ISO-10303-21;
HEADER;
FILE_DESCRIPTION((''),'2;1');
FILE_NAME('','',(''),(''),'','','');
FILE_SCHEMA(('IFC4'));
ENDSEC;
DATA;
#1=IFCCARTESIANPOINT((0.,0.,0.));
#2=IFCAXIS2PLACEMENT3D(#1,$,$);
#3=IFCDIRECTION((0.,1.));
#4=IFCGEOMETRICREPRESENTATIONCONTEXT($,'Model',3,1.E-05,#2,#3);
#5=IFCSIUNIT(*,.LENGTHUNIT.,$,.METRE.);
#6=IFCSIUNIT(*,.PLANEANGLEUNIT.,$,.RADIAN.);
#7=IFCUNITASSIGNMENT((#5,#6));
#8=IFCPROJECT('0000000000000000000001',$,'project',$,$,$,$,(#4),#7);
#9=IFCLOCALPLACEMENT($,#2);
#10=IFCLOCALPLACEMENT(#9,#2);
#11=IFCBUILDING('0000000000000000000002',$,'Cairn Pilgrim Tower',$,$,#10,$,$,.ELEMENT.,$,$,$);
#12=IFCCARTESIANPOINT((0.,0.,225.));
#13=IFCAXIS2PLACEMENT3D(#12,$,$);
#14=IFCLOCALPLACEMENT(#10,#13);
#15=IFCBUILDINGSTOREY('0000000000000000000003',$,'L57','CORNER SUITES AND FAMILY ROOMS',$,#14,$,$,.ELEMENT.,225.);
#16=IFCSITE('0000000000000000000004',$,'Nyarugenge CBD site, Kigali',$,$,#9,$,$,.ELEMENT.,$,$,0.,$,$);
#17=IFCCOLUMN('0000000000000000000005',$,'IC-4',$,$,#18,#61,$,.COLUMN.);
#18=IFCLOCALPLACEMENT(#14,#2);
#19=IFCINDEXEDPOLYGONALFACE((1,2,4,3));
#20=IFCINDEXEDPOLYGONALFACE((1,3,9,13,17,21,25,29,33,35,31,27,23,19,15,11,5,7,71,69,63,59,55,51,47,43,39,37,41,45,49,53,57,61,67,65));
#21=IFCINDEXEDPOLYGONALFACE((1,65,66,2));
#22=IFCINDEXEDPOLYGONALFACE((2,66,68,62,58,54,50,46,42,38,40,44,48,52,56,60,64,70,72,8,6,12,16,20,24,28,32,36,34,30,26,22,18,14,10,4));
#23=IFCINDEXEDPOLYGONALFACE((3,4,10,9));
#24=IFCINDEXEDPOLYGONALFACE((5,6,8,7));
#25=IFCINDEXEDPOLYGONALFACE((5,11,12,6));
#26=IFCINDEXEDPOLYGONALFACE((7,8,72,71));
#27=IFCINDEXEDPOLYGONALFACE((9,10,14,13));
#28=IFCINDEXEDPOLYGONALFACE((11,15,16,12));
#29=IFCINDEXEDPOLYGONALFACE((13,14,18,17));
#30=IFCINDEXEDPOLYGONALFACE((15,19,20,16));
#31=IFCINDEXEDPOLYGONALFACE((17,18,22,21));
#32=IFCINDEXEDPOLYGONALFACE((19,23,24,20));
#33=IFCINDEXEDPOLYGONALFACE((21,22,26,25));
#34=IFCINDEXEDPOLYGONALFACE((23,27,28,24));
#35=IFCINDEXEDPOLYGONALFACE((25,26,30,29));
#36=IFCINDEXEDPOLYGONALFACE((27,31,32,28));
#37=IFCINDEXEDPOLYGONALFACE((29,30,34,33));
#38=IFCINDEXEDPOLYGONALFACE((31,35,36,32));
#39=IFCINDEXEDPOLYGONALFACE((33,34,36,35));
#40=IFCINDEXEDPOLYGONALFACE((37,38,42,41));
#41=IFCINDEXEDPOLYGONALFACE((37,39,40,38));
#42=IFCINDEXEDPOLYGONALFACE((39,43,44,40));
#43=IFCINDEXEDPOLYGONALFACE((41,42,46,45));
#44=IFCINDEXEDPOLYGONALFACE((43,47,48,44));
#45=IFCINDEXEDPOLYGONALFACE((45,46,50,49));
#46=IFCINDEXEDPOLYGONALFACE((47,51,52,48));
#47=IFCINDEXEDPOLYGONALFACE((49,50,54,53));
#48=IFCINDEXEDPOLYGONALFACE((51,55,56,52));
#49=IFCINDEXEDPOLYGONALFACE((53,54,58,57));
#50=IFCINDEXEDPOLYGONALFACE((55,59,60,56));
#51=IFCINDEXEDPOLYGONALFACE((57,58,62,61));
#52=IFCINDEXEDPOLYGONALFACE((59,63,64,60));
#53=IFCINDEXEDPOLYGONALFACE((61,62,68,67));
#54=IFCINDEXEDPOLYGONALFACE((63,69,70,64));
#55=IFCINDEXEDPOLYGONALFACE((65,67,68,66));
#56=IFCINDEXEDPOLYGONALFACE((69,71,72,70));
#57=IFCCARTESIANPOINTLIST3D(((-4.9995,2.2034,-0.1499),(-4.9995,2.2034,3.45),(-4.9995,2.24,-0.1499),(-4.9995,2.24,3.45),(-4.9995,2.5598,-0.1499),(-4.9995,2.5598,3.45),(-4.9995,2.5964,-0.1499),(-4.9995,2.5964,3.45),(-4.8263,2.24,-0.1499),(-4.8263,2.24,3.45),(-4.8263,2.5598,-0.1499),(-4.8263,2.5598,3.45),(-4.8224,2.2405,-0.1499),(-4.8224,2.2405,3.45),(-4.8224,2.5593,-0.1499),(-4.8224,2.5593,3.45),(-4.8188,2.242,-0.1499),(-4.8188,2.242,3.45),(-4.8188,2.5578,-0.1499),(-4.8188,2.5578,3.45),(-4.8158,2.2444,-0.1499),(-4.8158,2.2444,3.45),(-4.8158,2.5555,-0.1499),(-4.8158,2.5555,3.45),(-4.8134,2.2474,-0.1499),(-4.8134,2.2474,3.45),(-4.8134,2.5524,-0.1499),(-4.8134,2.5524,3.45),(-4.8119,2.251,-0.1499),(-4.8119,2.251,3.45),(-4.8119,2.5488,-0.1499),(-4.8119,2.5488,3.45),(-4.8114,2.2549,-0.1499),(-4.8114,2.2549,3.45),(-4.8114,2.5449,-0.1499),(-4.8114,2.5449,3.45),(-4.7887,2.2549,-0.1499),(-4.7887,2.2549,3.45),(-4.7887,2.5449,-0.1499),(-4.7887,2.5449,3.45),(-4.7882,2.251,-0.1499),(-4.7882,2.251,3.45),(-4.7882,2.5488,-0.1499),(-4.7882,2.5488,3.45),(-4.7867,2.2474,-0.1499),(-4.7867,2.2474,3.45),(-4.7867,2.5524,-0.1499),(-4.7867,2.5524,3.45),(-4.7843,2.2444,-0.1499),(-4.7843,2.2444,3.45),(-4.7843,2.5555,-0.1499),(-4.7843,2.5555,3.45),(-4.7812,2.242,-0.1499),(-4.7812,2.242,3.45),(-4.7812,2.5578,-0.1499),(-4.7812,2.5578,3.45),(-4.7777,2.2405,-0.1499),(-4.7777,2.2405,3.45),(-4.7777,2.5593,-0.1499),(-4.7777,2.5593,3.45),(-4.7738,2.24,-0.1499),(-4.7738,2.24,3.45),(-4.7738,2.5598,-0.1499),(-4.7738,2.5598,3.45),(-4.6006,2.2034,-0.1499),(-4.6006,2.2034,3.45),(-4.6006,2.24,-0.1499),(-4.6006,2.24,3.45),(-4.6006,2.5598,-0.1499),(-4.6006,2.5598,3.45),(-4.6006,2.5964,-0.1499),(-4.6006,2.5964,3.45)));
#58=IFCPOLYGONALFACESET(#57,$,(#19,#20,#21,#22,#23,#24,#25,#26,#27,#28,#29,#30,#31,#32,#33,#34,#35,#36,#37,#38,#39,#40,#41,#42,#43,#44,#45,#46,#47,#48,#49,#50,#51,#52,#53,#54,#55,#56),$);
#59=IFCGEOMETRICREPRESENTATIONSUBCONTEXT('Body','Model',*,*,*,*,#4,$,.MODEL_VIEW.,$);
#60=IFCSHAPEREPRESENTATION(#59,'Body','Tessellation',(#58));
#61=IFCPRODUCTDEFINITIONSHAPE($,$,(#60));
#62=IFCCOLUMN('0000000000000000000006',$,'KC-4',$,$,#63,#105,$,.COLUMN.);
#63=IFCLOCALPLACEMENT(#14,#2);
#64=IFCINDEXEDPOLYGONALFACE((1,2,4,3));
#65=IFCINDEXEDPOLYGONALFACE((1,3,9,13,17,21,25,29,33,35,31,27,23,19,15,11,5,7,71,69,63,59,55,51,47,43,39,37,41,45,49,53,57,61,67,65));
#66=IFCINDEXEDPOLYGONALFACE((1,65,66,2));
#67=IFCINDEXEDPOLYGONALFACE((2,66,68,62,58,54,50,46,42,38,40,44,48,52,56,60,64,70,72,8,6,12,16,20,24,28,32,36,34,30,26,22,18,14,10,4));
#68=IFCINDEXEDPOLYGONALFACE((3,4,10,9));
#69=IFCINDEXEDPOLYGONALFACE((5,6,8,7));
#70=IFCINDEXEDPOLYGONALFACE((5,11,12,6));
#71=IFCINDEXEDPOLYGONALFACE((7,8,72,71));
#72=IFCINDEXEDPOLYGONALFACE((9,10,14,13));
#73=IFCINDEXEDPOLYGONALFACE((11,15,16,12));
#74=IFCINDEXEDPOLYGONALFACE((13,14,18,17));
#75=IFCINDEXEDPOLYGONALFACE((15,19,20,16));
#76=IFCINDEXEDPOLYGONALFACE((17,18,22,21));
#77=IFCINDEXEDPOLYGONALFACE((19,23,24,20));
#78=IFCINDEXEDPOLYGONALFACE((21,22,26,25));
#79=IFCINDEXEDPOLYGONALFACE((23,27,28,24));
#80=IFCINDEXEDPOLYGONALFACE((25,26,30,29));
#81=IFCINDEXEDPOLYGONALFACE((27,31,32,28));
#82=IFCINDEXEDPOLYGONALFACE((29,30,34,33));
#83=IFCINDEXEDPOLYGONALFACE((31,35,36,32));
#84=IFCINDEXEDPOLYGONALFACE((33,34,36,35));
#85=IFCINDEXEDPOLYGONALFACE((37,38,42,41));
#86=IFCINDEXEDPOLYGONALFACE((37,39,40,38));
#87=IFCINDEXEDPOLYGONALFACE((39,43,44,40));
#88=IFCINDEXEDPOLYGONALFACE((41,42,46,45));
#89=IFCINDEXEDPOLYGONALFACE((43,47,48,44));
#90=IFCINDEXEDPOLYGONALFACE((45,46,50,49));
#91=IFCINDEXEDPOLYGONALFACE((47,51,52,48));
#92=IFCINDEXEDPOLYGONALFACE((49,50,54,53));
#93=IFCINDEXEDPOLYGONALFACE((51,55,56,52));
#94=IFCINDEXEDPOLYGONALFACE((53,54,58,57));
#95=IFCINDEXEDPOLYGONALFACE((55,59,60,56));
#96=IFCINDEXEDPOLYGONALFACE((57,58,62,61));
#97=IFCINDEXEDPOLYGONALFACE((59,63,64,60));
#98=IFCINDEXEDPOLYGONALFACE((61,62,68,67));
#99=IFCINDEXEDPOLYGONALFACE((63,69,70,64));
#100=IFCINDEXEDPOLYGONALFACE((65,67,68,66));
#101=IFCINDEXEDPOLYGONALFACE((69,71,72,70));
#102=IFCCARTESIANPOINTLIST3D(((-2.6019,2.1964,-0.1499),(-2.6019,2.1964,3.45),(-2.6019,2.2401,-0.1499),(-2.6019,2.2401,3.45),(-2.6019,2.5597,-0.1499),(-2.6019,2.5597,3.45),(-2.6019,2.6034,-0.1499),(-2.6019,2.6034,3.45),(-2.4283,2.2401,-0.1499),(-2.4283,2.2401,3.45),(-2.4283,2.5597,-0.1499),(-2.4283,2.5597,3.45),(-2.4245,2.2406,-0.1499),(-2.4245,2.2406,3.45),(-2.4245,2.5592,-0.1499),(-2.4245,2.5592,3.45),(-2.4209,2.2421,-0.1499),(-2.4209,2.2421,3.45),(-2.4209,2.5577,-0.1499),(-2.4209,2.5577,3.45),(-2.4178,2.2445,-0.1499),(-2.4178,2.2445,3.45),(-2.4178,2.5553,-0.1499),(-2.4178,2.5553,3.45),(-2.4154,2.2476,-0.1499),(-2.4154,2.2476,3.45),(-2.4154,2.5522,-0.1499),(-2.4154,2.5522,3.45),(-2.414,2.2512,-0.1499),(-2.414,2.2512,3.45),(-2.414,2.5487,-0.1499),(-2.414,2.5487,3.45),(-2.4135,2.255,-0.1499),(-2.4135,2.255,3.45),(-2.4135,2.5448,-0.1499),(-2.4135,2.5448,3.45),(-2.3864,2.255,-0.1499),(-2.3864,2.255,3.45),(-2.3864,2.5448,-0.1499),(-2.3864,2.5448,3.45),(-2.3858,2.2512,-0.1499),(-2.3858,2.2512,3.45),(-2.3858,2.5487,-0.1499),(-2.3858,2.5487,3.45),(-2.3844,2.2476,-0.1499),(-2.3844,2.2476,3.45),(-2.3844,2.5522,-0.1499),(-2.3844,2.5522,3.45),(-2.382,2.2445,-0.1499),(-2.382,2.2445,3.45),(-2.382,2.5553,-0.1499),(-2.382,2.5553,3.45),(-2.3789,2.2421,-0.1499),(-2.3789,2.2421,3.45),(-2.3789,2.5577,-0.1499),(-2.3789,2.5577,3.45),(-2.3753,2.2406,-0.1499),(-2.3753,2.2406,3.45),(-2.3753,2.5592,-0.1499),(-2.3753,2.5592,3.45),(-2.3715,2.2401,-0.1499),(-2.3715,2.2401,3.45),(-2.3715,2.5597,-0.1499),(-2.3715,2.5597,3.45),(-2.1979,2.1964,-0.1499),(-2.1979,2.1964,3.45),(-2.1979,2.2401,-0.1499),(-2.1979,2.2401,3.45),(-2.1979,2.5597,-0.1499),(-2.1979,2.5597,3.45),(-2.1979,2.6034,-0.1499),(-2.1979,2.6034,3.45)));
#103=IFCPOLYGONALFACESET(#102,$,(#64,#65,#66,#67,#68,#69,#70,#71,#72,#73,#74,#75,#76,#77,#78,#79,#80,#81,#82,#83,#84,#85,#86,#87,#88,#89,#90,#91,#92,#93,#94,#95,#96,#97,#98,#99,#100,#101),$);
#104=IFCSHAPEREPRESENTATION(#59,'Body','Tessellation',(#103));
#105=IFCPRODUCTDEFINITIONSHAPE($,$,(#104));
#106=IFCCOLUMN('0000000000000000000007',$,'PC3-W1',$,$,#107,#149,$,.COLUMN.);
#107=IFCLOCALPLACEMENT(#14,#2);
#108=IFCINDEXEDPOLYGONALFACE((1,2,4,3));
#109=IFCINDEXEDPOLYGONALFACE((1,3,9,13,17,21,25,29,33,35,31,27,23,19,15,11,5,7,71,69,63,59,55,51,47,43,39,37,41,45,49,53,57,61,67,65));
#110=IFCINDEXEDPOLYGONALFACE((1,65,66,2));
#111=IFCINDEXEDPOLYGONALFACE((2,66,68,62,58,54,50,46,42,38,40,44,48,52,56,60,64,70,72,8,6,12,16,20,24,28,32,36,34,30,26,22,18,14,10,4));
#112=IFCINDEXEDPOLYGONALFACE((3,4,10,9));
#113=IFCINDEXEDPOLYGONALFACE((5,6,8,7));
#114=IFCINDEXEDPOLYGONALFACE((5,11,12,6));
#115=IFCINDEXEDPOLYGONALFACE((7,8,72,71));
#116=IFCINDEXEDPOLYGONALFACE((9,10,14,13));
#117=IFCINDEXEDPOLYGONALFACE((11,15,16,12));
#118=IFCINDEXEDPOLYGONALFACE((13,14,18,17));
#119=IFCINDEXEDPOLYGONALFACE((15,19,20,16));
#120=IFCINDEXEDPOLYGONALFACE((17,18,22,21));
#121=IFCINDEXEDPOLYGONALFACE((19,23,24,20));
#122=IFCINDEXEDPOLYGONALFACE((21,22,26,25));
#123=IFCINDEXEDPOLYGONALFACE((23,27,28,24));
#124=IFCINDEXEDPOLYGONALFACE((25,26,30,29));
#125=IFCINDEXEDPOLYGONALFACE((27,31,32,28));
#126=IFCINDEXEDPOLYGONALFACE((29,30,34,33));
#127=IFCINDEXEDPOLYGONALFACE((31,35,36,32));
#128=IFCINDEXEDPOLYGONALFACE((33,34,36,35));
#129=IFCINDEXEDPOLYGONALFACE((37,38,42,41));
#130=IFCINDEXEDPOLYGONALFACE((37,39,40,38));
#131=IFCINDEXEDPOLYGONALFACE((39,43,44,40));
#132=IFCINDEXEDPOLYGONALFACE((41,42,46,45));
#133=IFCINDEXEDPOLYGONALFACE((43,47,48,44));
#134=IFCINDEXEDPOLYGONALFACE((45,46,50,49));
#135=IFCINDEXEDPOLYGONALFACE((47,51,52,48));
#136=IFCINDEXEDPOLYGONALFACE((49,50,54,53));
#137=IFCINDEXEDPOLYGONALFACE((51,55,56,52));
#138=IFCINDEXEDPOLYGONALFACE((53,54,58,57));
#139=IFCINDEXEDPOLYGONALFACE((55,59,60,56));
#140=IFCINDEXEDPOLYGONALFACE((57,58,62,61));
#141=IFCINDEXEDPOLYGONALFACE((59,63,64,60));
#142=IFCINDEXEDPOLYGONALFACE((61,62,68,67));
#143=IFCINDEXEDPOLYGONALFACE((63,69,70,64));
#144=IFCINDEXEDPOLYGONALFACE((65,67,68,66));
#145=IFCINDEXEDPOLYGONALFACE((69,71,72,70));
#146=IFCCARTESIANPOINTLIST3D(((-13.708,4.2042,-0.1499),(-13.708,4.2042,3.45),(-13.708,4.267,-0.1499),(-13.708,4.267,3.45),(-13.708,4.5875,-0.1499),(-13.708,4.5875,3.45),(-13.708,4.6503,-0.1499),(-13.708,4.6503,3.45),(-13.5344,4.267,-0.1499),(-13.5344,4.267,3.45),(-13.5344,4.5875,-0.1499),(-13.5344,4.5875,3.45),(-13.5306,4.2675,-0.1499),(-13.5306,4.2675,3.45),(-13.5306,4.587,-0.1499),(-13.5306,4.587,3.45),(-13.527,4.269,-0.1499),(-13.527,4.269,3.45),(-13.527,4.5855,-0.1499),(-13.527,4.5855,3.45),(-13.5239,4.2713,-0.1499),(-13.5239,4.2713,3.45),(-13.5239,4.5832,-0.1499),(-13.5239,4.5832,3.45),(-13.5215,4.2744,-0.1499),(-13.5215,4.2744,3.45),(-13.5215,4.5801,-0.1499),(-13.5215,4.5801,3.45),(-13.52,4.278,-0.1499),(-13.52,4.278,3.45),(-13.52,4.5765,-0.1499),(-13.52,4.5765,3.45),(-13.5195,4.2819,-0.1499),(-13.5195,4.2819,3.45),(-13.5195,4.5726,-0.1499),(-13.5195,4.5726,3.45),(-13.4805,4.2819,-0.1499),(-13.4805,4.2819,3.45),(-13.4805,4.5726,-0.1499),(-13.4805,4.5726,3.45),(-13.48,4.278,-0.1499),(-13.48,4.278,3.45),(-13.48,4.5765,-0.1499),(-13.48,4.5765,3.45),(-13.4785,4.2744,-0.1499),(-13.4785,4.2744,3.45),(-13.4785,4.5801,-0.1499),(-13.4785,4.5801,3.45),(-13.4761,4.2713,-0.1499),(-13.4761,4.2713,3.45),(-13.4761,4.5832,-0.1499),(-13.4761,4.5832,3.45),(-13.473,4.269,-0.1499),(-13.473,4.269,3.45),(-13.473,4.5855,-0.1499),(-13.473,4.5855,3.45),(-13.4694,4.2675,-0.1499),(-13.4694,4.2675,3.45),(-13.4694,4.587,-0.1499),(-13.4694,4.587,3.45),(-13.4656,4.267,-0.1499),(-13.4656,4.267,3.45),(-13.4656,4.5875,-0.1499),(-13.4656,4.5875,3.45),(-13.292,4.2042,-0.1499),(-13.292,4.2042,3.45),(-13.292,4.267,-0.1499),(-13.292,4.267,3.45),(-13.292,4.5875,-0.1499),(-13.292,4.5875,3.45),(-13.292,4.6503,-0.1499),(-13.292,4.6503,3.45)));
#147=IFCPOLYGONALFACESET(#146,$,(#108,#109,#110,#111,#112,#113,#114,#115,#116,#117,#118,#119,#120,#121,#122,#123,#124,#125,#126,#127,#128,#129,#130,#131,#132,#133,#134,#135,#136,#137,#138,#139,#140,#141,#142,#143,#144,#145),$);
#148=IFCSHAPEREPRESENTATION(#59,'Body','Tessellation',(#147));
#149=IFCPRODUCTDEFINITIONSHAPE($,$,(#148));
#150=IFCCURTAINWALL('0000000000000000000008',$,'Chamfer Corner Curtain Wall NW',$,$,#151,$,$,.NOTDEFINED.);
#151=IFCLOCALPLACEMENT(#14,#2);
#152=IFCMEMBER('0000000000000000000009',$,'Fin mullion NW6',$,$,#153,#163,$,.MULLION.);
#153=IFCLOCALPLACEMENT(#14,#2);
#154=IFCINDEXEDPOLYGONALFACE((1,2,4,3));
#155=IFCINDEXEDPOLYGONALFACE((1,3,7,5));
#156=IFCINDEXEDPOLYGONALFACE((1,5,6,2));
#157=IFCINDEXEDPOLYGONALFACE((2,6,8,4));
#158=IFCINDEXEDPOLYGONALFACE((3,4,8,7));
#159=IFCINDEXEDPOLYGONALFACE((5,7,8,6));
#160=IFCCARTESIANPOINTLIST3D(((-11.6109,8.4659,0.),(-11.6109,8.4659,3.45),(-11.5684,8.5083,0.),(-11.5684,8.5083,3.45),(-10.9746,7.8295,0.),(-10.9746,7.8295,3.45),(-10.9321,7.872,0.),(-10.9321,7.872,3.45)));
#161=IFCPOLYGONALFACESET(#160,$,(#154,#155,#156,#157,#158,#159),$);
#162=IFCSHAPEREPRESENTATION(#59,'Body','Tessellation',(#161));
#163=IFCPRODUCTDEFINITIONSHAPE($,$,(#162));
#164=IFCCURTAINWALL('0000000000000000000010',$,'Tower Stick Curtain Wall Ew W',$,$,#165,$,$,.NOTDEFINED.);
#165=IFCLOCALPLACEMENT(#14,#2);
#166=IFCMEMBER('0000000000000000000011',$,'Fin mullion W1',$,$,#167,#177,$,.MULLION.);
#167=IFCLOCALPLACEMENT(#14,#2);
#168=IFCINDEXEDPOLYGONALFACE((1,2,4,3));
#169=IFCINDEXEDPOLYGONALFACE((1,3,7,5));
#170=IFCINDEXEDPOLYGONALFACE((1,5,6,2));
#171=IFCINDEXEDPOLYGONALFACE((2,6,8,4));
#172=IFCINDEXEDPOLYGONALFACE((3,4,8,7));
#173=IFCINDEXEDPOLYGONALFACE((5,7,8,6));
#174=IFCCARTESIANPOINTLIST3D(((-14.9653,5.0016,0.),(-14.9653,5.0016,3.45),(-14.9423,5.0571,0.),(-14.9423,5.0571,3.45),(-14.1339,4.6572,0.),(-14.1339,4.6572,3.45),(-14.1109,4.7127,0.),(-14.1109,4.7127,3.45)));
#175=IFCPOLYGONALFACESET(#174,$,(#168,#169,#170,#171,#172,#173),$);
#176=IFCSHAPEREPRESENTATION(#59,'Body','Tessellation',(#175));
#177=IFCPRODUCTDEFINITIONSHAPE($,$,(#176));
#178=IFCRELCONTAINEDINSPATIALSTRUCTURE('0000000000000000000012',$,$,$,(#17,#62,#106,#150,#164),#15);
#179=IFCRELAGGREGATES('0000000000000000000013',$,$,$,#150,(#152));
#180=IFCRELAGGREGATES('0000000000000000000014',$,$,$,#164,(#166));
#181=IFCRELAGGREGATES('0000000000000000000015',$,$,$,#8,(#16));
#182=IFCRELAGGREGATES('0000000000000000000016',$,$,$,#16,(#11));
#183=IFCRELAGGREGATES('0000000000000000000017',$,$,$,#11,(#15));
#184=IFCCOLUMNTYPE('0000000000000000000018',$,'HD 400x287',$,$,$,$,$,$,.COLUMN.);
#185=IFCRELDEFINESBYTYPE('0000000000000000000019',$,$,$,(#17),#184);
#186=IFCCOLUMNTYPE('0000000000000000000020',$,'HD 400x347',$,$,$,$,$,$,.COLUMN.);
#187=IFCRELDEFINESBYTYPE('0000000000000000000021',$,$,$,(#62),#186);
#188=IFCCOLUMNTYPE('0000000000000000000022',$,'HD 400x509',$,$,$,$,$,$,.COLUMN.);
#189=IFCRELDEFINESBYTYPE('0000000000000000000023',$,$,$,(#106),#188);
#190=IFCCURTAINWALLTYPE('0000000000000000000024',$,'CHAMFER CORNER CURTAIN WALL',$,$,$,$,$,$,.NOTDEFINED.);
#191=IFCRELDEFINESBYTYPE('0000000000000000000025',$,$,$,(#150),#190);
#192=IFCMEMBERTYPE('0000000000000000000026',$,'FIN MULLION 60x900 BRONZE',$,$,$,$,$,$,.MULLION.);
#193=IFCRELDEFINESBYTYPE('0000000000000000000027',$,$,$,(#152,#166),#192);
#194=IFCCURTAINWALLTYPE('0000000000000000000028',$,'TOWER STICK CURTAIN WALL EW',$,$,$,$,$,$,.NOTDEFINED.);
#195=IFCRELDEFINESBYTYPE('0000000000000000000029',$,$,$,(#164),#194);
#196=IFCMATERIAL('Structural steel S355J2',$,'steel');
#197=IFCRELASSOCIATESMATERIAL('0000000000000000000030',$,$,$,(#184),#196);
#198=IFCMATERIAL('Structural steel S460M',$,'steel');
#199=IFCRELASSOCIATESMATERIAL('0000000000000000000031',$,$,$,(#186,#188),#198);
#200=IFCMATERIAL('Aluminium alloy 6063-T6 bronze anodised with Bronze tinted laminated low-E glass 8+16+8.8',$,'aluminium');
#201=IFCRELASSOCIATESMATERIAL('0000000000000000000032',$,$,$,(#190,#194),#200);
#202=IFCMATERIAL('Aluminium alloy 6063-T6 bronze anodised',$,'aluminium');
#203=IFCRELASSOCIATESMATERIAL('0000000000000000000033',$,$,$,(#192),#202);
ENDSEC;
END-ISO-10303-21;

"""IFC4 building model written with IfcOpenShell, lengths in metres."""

from ifc_helpers import new_model, si_unit, direction, frame, origin, origin_2d, place, context, subcontext, project, spatial, rectangle, i_section, extrude, material, material_profile, profile_set, type_object, element, aggregate, save


model = new_model("IFC4")

# Units and contexts
model_context = context("Model", 3, precision=1e-05, world=origin(), true_north=direction((0.0, 1.0)))
body_context = subcontext(model_context, "Body", "Model", "MODEL_VIEW")
ifc_project = project(units=[si_unit("LENGTHUNIT", "METRE"), si_unit("PLANEANGLEUNIT", "RADIAN")], contexts=[model_context])

# Site, building, storey
site_placement = place(None, origin())
site = spatial("IfcSite", under=ifc_project, at=site_placement, Name="Nyarugenge CBD site, Kigali", CompositionType="ELEMENT", RefElevation=0.0)
building_placement = place(site_placement, origin())
building = spatial("IfcBuilding", under=site, at=building_placement, Name="Cairn Pilgrim Tower", CompositionType="ELEMENT")
storey_placement = place(building_placement, frame((0.0, 0.0, 225.0)))
storey = spatial("IfcBuildingStorey", under=building, at=storey_placement, Name="L57", Description="CORNER SUITES AND FAMILY ROOMS", CompositionType="ELEMENT", Elevation=225.0)

# Columns
ifc_material_1 = material(Name="Structural steel S355J2", Category="steel")
ifc_material_profile_1 = material_profile(ifc_material_1, i_section(OverallWidth=0.3989, OverallDepth=0.3931, WebThickness=0.0227, FlangeThickness=0.0366, FilletRadius=0.0149, at=origin_2d()), Name="HD 400x287")
ifc_profile_set_1 = profile_set([ifc_material_profile_1], Name="Structural steel S355J2")
column_type_1 = type_object("IfcColumnType", Name="HD 400x287", PredefinedType="COLUMN", material=ifc_profile_set_1)
column_1_placement = place(storey_placement, frame((-4.8, 2.3999, -0.1499), z_axis=(0.0, 0.0, 1.0), x_axis=(1.0, 0.0, 0.0)))
element("IfcColumn", 1, at=column_1_placement, inside=storey, type_object=column_type_1, Name="IC-4", PredefinedType="COLUMN", context=body_context, shape_type="SweptSolid", body=[
    extrude(i_section(OverallWidth=0.3989, OverallDepth=0.3931, WebThickness=0.0227, FlangeThickness=0.0366, FilletRadius=0.0149, at=origin_2d()), origin(), (0.0, 0.0, 1.0), 3.5999),
])
ifc_material_2 = material(Name="Structural steel S460M", Category="steel")
ifc_material_profile_2 = material_profile(ifc_material_2, i_section(OverallWidth=0.4041, OverallDepth=0.407, WebThickness=0.0271, FlangeThickness=0.0437, FilletRadius=0.0149, at=origin_2d()), Name="HD 400x347")
ifc_profile_set_2 = profile_set([ifc_material_profile_2], Name="Structural steel S460M")
column_type_2 = type_object("IfcColumnType", Name="HD 400x347", PredefinedType="COLUMN", material=ifc_profile_set_2)
column_2_placement = place(storey_placement, frame((-2.3999, 2.3999, -0.1499), z_axis=(0.0, 0.0, 1.0), x_axis=(1.0, 0.0, 0.0)))
element("IfcColumn", 2, at=column_2_placement, inside=storey, type_object=column_type_2, Name="KC-4", PredefinedType="COLUMN", context=body_context, shape_type="SweptSolid", body=[
    extrude(i_section(OverallWidth=0.4041, OverallDepth=0.407, WebThickness=0.0271, FlangeThickness=0.0437, FilletRadius=0.0149, at=origin_2d()), origin(), (0.0, 0.0, 1.0), 3.5999),
])
ifc_material_profile_3 = material_profile(ifc_material_2, i_section(OverallWidth=0.416, OverallDepth=0.446, WebThickness=0.0391, FlangeThickness=0.0627, FilletRadius=0.0149, at=origin_2d()), Name="HD 400x509")
ifc_profile_set_3 = profile_set([ifc_material_profile_3], Name="Structural steel S460M")
column_type_3 = type_object("IfcColumnType", Name="HD 400x509", PredefinedType="COLUMN", material=ifc_profile_set_3)
column_3_placement = place(storey_placement, frame((-13.5, 4.4272, -0.1499), z_axis=(0.0, 0.0, 1.0), x_axis=(1.0, 0.0, 0.0)))
element("IfcColumn", 3, at=column_3_placement, inside=storey, type_object=column_type_3, Name="PC3-W1", PredefinedType="COLUMN", context=body_context, shape_type="SweptSolid", body=[
    extrude(i_section(OverallWidth=0.416, OverallDepth=0.446, WebThickness=0.0391, FlangeThickness=0.0627, FilletRadius=0.0149, at=origin_2d()), origin(), (0.0, 0.0, 1.0), 3.5999),
])

# Curtain walls, members
ifc_material_3 = material(Name="Aluminium alloy 6063-T6 bronze anodised with Bronze tinted laminated low-E glass 8+16+8.8", Category="aluminium")
curtain_wall_type_1 = type_object("IfcCurtainWallType", Name="CHAMFER CORNER CURTAIN WALL", PredefinedType="NOTDEFINED", material=ifc_material_3)
curtain_wall_1_placement = place(storey_placement, origin())
curtain_wall_1 = element("IfcCurtainWall", 4, at=curtain_wall_1_placement, inside=storey, type_object=curtain_wall_type_1, Name="Chamfer Corner Curtain Wall NW", PredefinedType="NOTDEFINED")
ifc_material_4 = material(Name="Aluminium alloy 6063-T6 bronze anodised", Category="aluminium")
ifc_material_profile_4 = material_profile(ifc_material_4, rectangle(XDim=0.8999, YDim=0.0601, at=origin_2d()), Name="FIN MULLION 60x900 BRONZE")
ifc_profile_set_4 = profile_set([ifc_material_profile_4], Name="Aluminium alloy 6063-T6 bronze anodised")
member_type_1 = type_object("IfcMemberType", Name="FIN MULLION 60x900 BRONZE", PredefinedType="MULLION", material=ifc_profile_set_4)
member_1_placement = place(storey_placement, frame((-11.2715, 8.1689, 0.0), z_axis=(0.0, 0.0, 1.0), x_axis=(-0.707107, 0.707107, 0.0)))
member_1 = element("IfcMember", 5, at=member_1_placement, type_object=member_type_1, Name="Fin mullion NW6", PredefinedType="MULLION", context=body_context, shape_type="SweptSolid", body=[
    extrude(rectangle(XDim=0.8999, YDim=0.0601, at=origin_2d()), origin(), (0.0, 0.0, 1.0), 3.45),
])
curtain_wall_type_2 = type_object("IfcCurtainWallType", Name="TOWER STICK CURTAIN WALL EW", PredefinedType="NOTDEFINED", material=ifc_material_3)
curtain_wall_2_placement = place(storey_placement, origin())
curtain_wall_2 = element("IfcCurtainWall", 6, at=curtain_wall_2_placement, inside=storey, type_object=curtain_wall_type_2, Name="Tower Stick Curtain Wall Ew W", PredefinedType="NOTDEFINED")
member_2_placement = place(storey_placement, frame((-14.5381, 4.8572, 0.0), z_axis=(0.0, 0.0, 1.0), x_axis=(-0.92388, 0.382683, 0.0)))
member_2 = element("IfcMember", 7, at=member_2_placement, type_object=member_type_1, Name="Fin mullion W1", PredefinedType="MULLION", context=body_context, shape_type="SweptSolid", body=[
    extrude(rectangle(XDim=0.8999, YDim=0.0601, at=origin_2d()), origin(), (0.0, 0.0, 1.0), 3.45),
])

aggregate(curtain_wall_1, [member_1])
aggregate(curtain_wall_2, [member_2])

save(model, "model.ifc")
